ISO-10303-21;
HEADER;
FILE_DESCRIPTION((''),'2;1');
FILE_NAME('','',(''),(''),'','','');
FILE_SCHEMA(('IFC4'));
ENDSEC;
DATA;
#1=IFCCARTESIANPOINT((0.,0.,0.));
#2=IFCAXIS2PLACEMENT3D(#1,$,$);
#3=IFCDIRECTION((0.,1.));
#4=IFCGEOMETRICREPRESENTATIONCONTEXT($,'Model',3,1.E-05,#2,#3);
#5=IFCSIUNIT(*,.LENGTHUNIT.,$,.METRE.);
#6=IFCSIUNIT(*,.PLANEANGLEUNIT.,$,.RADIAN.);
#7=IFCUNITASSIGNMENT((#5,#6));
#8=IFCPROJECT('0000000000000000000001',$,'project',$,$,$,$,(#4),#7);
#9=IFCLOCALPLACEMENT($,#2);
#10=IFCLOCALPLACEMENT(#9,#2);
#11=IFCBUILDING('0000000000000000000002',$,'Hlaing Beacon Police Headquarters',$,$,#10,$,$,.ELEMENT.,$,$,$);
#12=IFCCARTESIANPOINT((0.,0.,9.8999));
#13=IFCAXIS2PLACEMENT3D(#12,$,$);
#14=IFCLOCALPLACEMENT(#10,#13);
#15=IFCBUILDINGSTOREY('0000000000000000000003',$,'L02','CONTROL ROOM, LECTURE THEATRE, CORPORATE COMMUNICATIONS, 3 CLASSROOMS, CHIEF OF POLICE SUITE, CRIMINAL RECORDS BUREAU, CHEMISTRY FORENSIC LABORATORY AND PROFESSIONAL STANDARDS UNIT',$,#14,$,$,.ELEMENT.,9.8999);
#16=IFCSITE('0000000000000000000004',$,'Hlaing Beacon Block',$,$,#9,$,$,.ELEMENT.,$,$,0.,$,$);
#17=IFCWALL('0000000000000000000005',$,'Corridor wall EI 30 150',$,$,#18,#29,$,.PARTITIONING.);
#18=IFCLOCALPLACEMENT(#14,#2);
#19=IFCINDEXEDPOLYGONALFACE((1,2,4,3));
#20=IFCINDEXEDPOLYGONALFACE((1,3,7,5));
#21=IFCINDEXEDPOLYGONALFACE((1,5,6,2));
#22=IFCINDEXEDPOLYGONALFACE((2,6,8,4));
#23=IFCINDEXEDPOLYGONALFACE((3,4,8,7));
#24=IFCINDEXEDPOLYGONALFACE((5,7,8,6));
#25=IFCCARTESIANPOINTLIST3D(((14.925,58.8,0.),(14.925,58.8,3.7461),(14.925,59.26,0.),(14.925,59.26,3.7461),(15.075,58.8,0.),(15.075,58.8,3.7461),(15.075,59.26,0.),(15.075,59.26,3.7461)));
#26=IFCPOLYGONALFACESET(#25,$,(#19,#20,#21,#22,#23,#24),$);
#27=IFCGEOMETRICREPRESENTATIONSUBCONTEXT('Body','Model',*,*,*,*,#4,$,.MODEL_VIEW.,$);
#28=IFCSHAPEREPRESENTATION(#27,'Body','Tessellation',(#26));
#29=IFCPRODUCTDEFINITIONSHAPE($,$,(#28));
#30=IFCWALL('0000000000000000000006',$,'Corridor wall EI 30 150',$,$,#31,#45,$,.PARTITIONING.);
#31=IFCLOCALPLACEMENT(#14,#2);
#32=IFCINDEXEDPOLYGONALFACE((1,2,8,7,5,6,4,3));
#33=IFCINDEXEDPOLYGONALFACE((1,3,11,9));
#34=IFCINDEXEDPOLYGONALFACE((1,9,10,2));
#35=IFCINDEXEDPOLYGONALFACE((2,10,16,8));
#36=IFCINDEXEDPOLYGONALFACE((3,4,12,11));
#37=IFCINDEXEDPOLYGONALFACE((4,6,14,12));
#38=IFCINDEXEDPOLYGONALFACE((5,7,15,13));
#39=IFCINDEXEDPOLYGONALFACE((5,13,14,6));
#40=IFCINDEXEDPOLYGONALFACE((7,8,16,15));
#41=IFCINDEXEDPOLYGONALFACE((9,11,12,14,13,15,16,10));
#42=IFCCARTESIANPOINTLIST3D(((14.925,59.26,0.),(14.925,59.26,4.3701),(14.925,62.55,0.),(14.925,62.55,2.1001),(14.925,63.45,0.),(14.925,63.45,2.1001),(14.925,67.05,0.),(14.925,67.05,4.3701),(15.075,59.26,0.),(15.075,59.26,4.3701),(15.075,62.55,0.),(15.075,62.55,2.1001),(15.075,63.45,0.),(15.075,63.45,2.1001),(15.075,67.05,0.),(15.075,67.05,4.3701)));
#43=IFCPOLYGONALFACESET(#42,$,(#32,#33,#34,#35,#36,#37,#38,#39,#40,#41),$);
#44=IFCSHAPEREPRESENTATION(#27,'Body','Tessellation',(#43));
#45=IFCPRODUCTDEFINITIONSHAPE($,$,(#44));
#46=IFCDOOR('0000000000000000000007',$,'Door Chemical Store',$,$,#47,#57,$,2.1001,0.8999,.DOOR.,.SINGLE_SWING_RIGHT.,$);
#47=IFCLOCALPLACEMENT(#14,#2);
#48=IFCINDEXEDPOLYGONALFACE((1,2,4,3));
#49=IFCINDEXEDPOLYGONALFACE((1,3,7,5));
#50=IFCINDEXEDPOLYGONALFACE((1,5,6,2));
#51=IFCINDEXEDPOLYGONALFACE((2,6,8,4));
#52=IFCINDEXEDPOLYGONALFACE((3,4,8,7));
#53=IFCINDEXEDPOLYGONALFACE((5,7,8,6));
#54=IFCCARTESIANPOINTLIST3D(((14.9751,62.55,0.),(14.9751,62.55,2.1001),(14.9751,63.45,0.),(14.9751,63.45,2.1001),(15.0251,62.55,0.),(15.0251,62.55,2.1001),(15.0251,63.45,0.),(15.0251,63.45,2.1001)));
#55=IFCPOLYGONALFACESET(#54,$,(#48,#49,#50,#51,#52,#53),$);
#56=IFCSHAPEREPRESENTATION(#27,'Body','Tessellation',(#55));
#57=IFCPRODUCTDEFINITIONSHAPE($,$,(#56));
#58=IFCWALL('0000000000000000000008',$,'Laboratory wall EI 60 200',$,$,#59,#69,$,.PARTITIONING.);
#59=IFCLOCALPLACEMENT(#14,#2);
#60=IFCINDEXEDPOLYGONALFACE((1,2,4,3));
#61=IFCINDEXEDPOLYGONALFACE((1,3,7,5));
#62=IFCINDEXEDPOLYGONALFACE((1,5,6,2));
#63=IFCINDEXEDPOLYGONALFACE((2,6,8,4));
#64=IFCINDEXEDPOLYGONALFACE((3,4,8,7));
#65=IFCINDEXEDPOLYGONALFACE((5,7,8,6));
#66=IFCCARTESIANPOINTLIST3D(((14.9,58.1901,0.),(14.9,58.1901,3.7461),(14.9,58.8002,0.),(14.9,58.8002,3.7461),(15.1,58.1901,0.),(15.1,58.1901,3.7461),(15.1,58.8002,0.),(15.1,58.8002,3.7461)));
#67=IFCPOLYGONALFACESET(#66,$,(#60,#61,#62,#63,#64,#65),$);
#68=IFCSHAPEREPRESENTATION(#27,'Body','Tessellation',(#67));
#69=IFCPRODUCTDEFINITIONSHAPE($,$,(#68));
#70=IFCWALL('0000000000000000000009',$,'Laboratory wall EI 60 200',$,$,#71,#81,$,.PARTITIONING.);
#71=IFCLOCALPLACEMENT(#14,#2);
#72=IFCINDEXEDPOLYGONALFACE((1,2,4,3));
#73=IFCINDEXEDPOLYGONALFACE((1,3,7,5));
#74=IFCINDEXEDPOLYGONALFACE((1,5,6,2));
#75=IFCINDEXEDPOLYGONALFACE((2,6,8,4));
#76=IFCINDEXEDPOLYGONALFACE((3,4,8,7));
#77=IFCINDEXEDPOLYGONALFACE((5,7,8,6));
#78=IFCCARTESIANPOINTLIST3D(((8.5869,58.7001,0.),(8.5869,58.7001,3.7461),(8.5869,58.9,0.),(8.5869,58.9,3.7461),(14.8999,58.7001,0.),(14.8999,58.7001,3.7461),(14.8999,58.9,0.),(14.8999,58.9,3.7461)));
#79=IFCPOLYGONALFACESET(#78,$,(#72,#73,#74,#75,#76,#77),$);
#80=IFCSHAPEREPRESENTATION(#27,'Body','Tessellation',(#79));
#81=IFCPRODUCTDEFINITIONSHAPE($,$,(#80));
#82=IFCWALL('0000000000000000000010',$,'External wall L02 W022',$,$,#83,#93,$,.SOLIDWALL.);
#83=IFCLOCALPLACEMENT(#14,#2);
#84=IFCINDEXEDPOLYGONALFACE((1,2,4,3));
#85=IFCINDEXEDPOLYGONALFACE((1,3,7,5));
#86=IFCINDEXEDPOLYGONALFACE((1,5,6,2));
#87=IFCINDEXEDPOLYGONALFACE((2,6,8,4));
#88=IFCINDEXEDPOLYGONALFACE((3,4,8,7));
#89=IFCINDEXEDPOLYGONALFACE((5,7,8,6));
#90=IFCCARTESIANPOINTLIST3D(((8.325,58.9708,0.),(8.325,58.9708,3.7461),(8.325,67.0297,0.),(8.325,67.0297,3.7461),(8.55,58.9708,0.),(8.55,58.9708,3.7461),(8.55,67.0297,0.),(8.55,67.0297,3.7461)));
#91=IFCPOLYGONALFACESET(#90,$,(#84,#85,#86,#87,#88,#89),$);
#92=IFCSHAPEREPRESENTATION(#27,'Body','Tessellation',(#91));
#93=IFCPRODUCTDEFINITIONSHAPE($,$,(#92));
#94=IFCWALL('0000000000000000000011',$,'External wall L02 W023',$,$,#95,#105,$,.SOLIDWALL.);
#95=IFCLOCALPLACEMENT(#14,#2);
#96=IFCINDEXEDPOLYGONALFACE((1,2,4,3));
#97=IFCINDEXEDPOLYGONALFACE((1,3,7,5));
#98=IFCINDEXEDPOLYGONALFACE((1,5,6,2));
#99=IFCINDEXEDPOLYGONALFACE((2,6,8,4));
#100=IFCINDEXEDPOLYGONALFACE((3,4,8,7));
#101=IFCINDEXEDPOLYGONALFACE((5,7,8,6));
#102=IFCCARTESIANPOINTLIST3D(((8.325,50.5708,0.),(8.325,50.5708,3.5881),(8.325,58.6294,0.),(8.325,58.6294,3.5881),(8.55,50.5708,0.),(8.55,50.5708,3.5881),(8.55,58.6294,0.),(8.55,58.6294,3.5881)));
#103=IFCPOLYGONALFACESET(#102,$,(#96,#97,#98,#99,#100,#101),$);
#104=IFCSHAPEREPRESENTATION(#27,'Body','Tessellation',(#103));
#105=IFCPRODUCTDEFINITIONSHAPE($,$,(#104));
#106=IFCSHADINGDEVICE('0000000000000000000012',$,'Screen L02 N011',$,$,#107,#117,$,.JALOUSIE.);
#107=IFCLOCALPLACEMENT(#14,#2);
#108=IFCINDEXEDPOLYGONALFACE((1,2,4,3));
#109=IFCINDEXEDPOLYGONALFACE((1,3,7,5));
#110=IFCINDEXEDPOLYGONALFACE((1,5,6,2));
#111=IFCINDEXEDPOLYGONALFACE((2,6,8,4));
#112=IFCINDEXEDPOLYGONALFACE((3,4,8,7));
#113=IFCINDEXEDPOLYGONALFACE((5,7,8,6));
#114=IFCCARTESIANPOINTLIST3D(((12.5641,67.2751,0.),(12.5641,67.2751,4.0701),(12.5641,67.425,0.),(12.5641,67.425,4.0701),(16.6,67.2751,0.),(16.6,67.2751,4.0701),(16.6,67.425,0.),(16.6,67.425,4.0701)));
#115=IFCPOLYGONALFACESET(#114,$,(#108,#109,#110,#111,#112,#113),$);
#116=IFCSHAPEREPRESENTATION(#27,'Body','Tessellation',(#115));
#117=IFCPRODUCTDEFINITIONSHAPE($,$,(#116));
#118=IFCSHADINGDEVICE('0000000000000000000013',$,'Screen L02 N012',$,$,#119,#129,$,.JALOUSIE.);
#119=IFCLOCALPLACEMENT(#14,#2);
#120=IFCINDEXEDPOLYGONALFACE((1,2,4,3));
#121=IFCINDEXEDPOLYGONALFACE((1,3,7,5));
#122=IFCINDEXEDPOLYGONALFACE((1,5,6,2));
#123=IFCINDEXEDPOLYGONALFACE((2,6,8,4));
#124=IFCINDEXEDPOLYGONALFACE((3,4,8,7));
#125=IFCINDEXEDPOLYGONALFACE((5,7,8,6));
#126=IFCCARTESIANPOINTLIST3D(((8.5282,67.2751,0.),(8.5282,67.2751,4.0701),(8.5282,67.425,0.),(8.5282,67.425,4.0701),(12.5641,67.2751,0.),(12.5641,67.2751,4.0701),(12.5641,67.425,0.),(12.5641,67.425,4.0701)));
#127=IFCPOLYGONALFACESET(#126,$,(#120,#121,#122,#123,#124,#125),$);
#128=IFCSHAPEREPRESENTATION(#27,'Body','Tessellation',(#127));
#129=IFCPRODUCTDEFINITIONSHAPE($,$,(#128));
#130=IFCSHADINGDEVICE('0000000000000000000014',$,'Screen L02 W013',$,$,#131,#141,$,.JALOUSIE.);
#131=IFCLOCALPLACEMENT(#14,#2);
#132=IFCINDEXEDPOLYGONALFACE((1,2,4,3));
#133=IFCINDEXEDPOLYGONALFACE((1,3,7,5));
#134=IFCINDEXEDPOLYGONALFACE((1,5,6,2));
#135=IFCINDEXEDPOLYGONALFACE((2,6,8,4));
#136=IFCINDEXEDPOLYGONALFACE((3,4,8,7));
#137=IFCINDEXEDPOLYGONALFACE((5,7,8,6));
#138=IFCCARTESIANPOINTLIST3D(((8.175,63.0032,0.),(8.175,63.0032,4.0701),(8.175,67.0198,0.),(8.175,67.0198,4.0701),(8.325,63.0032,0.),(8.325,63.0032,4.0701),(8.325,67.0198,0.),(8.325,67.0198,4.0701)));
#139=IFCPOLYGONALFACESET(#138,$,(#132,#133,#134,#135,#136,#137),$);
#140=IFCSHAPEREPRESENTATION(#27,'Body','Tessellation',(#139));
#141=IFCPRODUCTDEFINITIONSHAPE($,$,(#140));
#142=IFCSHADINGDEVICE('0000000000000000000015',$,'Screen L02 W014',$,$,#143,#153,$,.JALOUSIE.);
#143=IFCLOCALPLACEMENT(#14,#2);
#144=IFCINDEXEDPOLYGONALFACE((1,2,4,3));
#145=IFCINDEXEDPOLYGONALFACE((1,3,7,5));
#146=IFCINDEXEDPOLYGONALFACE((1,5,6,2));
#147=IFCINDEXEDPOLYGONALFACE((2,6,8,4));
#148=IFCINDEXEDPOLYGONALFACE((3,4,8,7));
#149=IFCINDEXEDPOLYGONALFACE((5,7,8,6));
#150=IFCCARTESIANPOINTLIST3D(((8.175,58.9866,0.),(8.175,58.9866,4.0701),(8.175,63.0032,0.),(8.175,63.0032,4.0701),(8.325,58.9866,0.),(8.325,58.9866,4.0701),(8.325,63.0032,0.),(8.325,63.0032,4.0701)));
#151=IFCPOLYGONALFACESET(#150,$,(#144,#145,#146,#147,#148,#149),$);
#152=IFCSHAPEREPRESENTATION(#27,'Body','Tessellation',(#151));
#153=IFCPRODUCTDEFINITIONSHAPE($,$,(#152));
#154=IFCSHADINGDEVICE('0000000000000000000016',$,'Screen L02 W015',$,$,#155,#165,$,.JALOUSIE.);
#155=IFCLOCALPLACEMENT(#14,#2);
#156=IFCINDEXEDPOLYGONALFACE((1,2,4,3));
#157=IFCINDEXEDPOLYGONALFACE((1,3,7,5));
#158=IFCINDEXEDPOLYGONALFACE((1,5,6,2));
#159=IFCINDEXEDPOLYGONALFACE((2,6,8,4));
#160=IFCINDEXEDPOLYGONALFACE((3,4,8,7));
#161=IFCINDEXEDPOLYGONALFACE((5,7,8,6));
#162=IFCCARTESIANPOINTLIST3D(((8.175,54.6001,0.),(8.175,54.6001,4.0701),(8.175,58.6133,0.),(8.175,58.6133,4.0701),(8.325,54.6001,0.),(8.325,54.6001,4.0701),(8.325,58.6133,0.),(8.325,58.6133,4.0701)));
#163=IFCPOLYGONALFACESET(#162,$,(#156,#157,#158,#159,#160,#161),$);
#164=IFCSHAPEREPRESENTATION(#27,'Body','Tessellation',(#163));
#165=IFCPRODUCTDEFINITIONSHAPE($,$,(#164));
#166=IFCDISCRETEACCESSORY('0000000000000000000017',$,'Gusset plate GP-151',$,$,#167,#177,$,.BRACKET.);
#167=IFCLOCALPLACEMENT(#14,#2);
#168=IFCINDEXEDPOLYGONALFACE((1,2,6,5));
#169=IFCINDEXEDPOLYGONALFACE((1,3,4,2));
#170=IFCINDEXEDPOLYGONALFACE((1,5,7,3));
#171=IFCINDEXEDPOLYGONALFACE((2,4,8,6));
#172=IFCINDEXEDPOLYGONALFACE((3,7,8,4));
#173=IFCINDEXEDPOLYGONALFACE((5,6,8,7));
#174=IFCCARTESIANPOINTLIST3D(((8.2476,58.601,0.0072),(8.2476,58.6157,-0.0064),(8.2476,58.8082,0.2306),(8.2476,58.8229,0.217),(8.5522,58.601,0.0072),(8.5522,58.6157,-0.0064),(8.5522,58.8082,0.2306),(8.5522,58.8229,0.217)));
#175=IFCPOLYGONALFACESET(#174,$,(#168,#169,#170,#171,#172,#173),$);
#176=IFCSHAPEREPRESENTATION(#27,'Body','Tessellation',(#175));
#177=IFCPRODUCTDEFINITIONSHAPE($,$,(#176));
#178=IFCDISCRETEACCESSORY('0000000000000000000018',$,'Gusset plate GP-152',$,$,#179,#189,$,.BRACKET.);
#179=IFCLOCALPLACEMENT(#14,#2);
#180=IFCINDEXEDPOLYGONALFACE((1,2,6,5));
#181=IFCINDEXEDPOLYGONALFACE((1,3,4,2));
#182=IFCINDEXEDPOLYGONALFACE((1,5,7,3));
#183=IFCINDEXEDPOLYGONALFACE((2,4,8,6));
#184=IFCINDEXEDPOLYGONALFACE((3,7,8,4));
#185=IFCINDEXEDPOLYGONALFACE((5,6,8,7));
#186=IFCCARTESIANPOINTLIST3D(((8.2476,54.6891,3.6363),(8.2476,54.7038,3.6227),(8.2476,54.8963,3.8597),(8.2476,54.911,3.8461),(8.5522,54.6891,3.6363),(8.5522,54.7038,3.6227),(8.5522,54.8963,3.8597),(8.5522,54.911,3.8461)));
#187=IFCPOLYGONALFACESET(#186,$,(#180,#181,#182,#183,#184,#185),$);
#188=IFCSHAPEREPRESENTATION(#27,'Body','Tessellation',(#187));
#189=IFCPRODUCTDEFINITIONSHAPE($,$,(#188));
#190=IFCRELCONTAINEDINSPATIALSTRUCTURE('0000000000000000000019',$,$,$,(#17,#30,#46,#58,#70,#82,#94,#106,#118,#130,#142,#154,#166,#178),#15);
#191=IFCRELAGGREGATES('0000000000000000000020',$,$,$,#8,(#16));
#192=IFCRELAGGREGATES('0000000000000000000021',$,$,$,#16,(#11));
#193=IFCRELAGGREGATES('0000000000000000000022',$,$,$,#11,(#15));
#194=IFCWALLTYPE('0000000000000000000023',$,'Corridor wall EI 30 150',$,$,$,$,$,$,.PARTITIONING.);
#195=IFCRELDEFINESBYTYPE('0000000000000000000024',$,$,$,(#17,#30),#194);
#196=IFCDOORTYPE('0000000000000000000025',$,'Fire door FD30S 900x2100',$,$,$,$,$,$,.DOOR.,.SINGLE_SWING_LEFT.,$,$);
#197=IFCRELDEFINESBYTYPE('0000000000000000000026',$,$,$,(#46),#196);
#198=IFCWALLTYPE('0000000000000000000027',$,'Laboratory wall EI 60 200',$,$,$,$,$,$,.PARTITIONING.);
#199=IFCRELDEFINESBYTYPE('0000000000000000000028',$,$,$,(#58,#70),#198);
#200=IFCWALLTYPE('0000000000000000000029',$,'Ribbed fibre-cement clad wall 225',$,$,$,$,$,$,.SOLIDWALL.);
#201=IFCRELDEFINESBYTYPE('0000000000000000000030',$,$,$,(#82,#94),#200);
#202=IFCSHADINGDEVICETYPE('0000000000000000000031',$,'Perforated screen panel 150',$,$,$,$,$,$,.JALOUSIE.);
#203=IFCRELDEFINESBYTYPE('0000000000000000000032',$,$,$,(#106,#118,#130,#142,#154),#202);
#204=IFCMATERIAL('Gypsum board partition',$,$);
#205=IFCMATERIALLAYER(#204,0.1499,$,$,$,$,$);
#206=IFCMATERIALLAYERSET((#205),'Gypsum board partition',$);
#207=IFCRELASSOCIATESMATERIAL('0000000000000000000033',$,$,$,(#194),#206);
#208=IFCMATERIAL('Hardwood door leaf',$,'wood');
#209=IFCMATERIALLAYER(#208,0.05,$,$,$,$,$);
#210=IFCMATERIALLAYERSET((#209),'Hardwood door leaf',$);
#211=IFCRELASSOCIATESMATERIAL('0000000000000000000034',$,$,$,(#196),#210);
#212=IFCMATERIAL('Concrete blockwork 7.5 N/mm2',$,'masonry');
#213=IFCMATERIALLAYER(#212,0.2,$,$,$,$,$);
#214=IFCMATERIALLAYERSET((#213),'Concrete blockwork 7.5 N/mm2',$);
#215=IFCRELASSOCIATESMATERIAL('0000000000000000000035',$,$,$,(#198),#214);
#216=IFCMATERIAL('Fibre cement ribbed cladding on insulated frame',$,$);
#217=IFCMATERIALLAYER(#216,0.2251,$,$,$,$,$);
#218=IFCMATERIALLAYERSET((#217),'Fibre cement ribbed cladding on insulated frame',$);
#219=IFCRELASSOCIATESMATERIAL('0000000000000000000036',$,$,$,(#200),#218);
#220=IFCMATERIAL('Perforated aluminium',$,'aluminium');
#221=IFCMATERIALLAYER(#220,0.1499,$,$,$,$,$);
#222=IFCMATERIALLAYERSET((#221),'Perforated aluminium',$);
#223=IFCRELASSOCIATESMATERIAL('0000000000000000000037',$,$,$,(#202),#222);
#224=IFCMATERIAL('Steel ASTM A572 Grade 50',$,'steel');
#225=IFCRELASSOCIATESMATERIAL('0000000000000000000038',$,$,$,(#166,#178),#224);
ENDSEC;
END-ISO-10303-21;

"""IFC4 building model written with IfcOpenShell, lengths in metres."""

from ifc_helpers import new_model, si_unit, direction, frame, frame_2d, origin, origin_2d, place, context, subcontext, project, spatial, rectangle, extrude, material, layer, layer_set, type_object, element, fill, save


model = new_model("IFC4")

# Units and contexts
model_context = context("Model", 3, precision=1e-05, world=origin(), true_north=direction((0.0, 1.0)))
body_context = subcontext(model_context, "Body", "Model", "MODEL_VIEW")
ifc_project = project(units=[si_unit("LENGTHUNIT", "METRE"), si_unit("PLANEANGLEUNIT", "RADIAN")], contexts=[model_context])

# Site, building, storey
site_placement = place(None, origin())
site = spatial("IfcSite", under=ifc_project, at=site_placement, Name="Hlaing Beacon Block", CompositionType="ELEMENT", RefElevation=0.0)
building_placement = place(site_placement, origin())
building = spatial("IfcBuilding", under=site, at=building_placement, Name="Hlaing Beacon Police Headquarters", CompositionType="ELEMENT")
storey_placement = place(building_placement, frame((0.0, 0.0, 9.8999)))
storey = spatial("IfcBuildingStorey", under=building, at=storey_placement, Name="L02", Description="CONTROL ROOM, LECTURE THEATRE, CORPORATE COMMUNICATIONS, 3 CLASSROOMS, CHIEF OF POLICE SUITE, CRIMINAL RECORDS BUREAU, CHEMISTRY FORENSIC LABORATORY AND PROFESSIONAL STANDARDS UNIT", CompositionType="ELEMENT", Elevation=9.8999)

# Wall
ifc_material_1 = material(Name="Gypsum board partition")
ifc_layer_1 = layer(ifc_material_1, 0.1499)
ifc_layer_set_1 = layer_set([ifc_layer_1], Name="Gypsum board partition")
wall_type_1 = type_object("IfcWallType", Name="Corridor wall EI 30 150", PredefinedType="PARTITIONING", material=ifc_layer_set_1)
wall_1_placement = place(storey_placement, frame((15.0, 58.8, 0.0), z_axis=(0.0, 0.0, 1.0), x_axis=(0.0, 1.0, 0.0)))
element("IfcWall", 1, at=wall_1_placement, inside=storey, type_object=wall_type_1, Name="Corridor wall EI 30 150", PredefinedType="PARTITIONING", context=body_context, shape_type="SweptSolid", body=[
    extrude(rectangle(XDim=0.46, YDim=0.1499, at=frame_2d((0.23, 0.0))), origin(), (0.0, 0.0, 1.0), 3.7461),
])

# Wall, opening, door
wall_2_placement = place(storey_placement, frame((15.0, 59.26, 0.0), z_axis=(0.0, 0.0, 1.0), x_axis=(0.0, 1.0, 0.0)))
wall_2 = element("IfcWall", 2, at=wall_2_placement, inside=storey, type_object=wall_type_1, Name="Corridor wall EI 30 150", PredefinedType="PARTITIONING", context=body_context, shape_type="SweptSolid", body=[
    extrude(rectangle(XDim=7.79, YDim=0.1499, at=frame_2d((3.895, 0.0))), origin(), (0.0, 0.0, 1.0), 4.3701),
])
opening_placement = place(wall_2_placement, frame((3.29, 0.0, 0.0)))
opening = element("IfcOpeningElement", 3, at=opening_placement, cuts=wall_2, PredefinedType="OPENING", context=body_context, shape_type="SweptSolid", body=[
    extrude(rectangle(XDim=0.8999, YDim=2.1001, at=frame_2d((0.45, 1.05))), frame((0.0, 0.085, 0.0), z_axis=(0.0, -1.0, 0.0), x_axis=(1.0, 0.0, 0.0)), (0.0, 0.0, 1.0), 0.1699),
])
ifc_material_2 = material(Name="Hardwood door leaf", Category="wood")
ifc_layer_2 = layer(ifc_material_2, 0.05)
ifc_layer_set_2 = layer_set([ifc_layer_2], Name="Hardwood door leaf")
door_type = type_object("IfcDoorType", Name="Fire door FD30S 900x2100", OperationType="SINGLE_SWING_LEFT", PredefinedType="DOOR", material=ifc_layer_set_2)
door_placement = place(opening_placement, origin())
door = element("IfcDoor", 4, at=door_placement, inside=storey, type_object=door_type, Name="Door Chemical Store", OperationType="SINGLE_SWING_RIGHT", OverallHeight=2.1001, OverallWidth=0.8999, PredefinedType="DOOR", context=body_context, shape_type="SweptSolid", body=[
    extrude(rectangle(XDim=0.8999, YDim=2.1001, at=frame_2d((0.45, 1.05))), frame((0.0, 0.0249, 0.0), z_axis=(0.0, -1.0, 0.0), x_axis=(1.0, 0.0, 0.0)), (0.0, 0.0, 1.0), 0.05),
])
fill(opening, door)

# Walls
ifc_material_3 = material(Name="Concrete blockwork 7.5 N/mm2", Category="masonry")
ifc_layer_3 = layer(ifc_material_3, 0.2)
ifc_layer_set_3 = layer_set([ifc_layer_3], Name="Concrete blockwork 7.5 N/mm2")
wall_type_2 = type_object("IfcWallType", Name="Laboratory wall EI 60 200", PredefinedType="PARTITIONING", material=ifc_layer_set_3)
wall_3_placement = place(storey_placement, frame((15.0, 58.1899, 0.0), z_axis=(0.0, 0.0, 1.0), x_axis=(0.0, 1.0, 0.0)))
element("IfcWall", 5, at=wall_3_placement, inside=storey, type_object=wall_type_2, Name="Laboratory wall EI 60 200", PredefinedType="PARTITIONING", context=body_context, shape_type="SweptSolid", body=[
    extrude(rectangle(XDim=0.6101, YDim=0.2, at=frame_2d((0.3052, 0.0))), origin(), (0.0, 0.0, 1.0), 3.7461),
])
wall_4_placement = place(storey_placement, frame((8.5869, 58.8, 0.0), z_axis=(0.0, 0.0, 1.0), x_axis=(1.0, 0.0, 0.0)))
element("IfcWall", 6, at=wall_4_placement, inside=storey, type_object=wall_type_2, Name="Laboratory wall EI 60 200", PredefinedType="PARTITIONING", context=body_context, shape_type="SweptSolid", body=[
    extrude(rectangle(XDim=6.313, YDim=0.2, at=frame_2d((3.1565, 0.0))), origin(), (0.0, 0.0, 1.0), 3.7461),
])
ifc_material_4 = material(Name="Fibre cement ribbed cladding on insulated frame")
ifc_layer_4 = layer(ifc_material_4, 0.2251)
ifc_layer_set_4 = layer_set([ifc_layer_4], Name="Fibre cement ribbed cladding on insulated frame")
wall_type_3 = type_object("IfcWallType", Name="Ribbed fibre-cement clad wall 225", PredefinedType="SOLIDWALL", material=ifc_layer_set_4)
wall_5_placement = place(storey_placement, frame((8.4375, 67.0295, 0.0), z_axis=(0.0, 0.0, 1.0), x_axis=(0.0, -1.0, 0.0)))
element("IfcWall", 7, at=wall_5_placement, inside=storey, type_object=wall_type_3, Name="External wall L02 W022", PredefinedType="SOLIDWALL", context=body_context, shape_type="SweptSolid", body=[
    extrude(rectangle(XDim=8.0588, YDim=0.2251, at=frame_2d((4.0293, 0.0))), origin(), (0.0, 0.0, 1.0), 3.7461),
])
wall_6_placement = place(storey_placement, frame((8.4375, 58.6294, 0.0), z_axis=(0.0, 0.0, 1.0), x_axis=(0.0, -1.0, 0.0)))
element("IfcWall", 8, at=wall_6_placement, inside=storey, type_object=wall_type_3, Name="External wall L02 W023", PredefinedType="SOLIDWALL", context=body_context, shape_type="SweptSolid", body=[
    extrude(rectangle(XDim=8.0586, YDim=0.2251, at=frame_2d((4.0293, 0.0))), origin(), (0.0, 0.0, 1.0), 3.5881),
])

# Shading devices
ifc_material_5 = material(Name="Perforated aluminium", Category="aluminium")
ifc_layer_5 = layer(ifc_material_5, 0.1499)
ifc_layer_set_5 = layer_set([ifc_layer_5], Name="Perforated aluminium")
shading_device_type = type_object("IfcShadingDeviceType", Name="Perforated screen panel 150", PredefinedType="JALOUSIE", material=ifc_layer_set_5)
for number, where, z_axis, x_axis, name in (
    (9, (14.582, 67.3501, 0.0), (0.0, 0.0, 1.0), (-1.0, 0.0, 0.0), "Screen L02 N011"),
    (10, (10.5461, 67.3501, 0.0), (0.0, 0.0, 1.0), (-1.0, 0.0, 0.0), "Screen L02 N012"),
):
    element("IfcShadingDevice", number, at=place(storey_placement, frame(where, z_axis=z_axis, x_axis=x_axis)), inside=storey, type_object=shading_device_type, Name=name, PredefinedType="JALOUSIE", context=body_context, shape_type="SweptSolid", body=[
        extrude(rectangle(XDim=4.0359, YDim=0.1499, at=origin_2d()), origin(), (0.0, 0.0, 1.0), 4.0701),
    ])
for number, where, z_axis, x_axis, name in (
    (11, (8.25, 65.0115, 0.0), (0.0, 0.0, 1.0), (0.0, -1.0, 0.0), "Screen L02 W013"),
    (12, (8.25, 60.9949, 0.0), (0.0, 0.0, 1.0), (0.0, -1.0, 0.0), "Screen L02 W014"),
):
    element("IfcShadingDevice", number, at=place(storey_placement, frame(where, z_axis=z_axis, x_axis=x_axis)), inside=storey, type_object=shading_device_type, Name=name, PredefinedType="JALOUSIE", context=body_context, shape_type="SweptSolid", body=[
        extrude(rectangle(XDim=4.0166, YDim=0.1499, at=origin_2d()), origin(), (0.0, 0.0, 1.0), 4.0701),
    ])
shading_device_placement = place(storey_placement, frame((8.25, 56.6067, 0.0), z_axis=(0.0, 0.0, 1.0), x_axis=(0.0, -1.0, 0.0)))
element("IfcShadingDevice", 13, at=shading_device_placement, inside=storey, type_object=shading_device_type, Name="Screen L02 W015", PredefinedType="JALOUSIE", context=body_context, shape_type="SweptSolid", body=[
    extrude(rectangle(XDim=4.0132, YDim=0.1499, at=origin_2d()), origin(), (0.0, 0.0, 1.0), 4.0701),
])

# Discrete accessories
ifc_material_6 = material(Name="Steel ASTM A572 Grade 50", Category="steel")
for number, where, z_axis, x_axis, name in (
    (14, (8.3999, 58.7046, 0.1189), (0.0, 0.733101, -0.680119), (-1.0, 0.0, 0.0), "Gusset plate GP-151"),
    (15, (8.3999, 54.8074, 3.7344), (0.0, -0.733101, 0.680119), (1.0, 0.0, 0.0), "Gusset plate GP-152"),
):
    element("IfcDiscreteAccessory", number, at=place(storey_placement, frame(where, z_axis=z_axis, x_axis=x_axis)), inside=storey, material=ifc_material_6, Name=name, PredefinedType="BRACKET", context=body_context, shape_type="SweptSolid", body=[
        extrude(rectangle(XDim=0.3047, YDim=0.3047, at=origin_2d()), origin(), (0.0, 0.0, 1.0), 0.02),
    ])

save(model, "model.ifc")
